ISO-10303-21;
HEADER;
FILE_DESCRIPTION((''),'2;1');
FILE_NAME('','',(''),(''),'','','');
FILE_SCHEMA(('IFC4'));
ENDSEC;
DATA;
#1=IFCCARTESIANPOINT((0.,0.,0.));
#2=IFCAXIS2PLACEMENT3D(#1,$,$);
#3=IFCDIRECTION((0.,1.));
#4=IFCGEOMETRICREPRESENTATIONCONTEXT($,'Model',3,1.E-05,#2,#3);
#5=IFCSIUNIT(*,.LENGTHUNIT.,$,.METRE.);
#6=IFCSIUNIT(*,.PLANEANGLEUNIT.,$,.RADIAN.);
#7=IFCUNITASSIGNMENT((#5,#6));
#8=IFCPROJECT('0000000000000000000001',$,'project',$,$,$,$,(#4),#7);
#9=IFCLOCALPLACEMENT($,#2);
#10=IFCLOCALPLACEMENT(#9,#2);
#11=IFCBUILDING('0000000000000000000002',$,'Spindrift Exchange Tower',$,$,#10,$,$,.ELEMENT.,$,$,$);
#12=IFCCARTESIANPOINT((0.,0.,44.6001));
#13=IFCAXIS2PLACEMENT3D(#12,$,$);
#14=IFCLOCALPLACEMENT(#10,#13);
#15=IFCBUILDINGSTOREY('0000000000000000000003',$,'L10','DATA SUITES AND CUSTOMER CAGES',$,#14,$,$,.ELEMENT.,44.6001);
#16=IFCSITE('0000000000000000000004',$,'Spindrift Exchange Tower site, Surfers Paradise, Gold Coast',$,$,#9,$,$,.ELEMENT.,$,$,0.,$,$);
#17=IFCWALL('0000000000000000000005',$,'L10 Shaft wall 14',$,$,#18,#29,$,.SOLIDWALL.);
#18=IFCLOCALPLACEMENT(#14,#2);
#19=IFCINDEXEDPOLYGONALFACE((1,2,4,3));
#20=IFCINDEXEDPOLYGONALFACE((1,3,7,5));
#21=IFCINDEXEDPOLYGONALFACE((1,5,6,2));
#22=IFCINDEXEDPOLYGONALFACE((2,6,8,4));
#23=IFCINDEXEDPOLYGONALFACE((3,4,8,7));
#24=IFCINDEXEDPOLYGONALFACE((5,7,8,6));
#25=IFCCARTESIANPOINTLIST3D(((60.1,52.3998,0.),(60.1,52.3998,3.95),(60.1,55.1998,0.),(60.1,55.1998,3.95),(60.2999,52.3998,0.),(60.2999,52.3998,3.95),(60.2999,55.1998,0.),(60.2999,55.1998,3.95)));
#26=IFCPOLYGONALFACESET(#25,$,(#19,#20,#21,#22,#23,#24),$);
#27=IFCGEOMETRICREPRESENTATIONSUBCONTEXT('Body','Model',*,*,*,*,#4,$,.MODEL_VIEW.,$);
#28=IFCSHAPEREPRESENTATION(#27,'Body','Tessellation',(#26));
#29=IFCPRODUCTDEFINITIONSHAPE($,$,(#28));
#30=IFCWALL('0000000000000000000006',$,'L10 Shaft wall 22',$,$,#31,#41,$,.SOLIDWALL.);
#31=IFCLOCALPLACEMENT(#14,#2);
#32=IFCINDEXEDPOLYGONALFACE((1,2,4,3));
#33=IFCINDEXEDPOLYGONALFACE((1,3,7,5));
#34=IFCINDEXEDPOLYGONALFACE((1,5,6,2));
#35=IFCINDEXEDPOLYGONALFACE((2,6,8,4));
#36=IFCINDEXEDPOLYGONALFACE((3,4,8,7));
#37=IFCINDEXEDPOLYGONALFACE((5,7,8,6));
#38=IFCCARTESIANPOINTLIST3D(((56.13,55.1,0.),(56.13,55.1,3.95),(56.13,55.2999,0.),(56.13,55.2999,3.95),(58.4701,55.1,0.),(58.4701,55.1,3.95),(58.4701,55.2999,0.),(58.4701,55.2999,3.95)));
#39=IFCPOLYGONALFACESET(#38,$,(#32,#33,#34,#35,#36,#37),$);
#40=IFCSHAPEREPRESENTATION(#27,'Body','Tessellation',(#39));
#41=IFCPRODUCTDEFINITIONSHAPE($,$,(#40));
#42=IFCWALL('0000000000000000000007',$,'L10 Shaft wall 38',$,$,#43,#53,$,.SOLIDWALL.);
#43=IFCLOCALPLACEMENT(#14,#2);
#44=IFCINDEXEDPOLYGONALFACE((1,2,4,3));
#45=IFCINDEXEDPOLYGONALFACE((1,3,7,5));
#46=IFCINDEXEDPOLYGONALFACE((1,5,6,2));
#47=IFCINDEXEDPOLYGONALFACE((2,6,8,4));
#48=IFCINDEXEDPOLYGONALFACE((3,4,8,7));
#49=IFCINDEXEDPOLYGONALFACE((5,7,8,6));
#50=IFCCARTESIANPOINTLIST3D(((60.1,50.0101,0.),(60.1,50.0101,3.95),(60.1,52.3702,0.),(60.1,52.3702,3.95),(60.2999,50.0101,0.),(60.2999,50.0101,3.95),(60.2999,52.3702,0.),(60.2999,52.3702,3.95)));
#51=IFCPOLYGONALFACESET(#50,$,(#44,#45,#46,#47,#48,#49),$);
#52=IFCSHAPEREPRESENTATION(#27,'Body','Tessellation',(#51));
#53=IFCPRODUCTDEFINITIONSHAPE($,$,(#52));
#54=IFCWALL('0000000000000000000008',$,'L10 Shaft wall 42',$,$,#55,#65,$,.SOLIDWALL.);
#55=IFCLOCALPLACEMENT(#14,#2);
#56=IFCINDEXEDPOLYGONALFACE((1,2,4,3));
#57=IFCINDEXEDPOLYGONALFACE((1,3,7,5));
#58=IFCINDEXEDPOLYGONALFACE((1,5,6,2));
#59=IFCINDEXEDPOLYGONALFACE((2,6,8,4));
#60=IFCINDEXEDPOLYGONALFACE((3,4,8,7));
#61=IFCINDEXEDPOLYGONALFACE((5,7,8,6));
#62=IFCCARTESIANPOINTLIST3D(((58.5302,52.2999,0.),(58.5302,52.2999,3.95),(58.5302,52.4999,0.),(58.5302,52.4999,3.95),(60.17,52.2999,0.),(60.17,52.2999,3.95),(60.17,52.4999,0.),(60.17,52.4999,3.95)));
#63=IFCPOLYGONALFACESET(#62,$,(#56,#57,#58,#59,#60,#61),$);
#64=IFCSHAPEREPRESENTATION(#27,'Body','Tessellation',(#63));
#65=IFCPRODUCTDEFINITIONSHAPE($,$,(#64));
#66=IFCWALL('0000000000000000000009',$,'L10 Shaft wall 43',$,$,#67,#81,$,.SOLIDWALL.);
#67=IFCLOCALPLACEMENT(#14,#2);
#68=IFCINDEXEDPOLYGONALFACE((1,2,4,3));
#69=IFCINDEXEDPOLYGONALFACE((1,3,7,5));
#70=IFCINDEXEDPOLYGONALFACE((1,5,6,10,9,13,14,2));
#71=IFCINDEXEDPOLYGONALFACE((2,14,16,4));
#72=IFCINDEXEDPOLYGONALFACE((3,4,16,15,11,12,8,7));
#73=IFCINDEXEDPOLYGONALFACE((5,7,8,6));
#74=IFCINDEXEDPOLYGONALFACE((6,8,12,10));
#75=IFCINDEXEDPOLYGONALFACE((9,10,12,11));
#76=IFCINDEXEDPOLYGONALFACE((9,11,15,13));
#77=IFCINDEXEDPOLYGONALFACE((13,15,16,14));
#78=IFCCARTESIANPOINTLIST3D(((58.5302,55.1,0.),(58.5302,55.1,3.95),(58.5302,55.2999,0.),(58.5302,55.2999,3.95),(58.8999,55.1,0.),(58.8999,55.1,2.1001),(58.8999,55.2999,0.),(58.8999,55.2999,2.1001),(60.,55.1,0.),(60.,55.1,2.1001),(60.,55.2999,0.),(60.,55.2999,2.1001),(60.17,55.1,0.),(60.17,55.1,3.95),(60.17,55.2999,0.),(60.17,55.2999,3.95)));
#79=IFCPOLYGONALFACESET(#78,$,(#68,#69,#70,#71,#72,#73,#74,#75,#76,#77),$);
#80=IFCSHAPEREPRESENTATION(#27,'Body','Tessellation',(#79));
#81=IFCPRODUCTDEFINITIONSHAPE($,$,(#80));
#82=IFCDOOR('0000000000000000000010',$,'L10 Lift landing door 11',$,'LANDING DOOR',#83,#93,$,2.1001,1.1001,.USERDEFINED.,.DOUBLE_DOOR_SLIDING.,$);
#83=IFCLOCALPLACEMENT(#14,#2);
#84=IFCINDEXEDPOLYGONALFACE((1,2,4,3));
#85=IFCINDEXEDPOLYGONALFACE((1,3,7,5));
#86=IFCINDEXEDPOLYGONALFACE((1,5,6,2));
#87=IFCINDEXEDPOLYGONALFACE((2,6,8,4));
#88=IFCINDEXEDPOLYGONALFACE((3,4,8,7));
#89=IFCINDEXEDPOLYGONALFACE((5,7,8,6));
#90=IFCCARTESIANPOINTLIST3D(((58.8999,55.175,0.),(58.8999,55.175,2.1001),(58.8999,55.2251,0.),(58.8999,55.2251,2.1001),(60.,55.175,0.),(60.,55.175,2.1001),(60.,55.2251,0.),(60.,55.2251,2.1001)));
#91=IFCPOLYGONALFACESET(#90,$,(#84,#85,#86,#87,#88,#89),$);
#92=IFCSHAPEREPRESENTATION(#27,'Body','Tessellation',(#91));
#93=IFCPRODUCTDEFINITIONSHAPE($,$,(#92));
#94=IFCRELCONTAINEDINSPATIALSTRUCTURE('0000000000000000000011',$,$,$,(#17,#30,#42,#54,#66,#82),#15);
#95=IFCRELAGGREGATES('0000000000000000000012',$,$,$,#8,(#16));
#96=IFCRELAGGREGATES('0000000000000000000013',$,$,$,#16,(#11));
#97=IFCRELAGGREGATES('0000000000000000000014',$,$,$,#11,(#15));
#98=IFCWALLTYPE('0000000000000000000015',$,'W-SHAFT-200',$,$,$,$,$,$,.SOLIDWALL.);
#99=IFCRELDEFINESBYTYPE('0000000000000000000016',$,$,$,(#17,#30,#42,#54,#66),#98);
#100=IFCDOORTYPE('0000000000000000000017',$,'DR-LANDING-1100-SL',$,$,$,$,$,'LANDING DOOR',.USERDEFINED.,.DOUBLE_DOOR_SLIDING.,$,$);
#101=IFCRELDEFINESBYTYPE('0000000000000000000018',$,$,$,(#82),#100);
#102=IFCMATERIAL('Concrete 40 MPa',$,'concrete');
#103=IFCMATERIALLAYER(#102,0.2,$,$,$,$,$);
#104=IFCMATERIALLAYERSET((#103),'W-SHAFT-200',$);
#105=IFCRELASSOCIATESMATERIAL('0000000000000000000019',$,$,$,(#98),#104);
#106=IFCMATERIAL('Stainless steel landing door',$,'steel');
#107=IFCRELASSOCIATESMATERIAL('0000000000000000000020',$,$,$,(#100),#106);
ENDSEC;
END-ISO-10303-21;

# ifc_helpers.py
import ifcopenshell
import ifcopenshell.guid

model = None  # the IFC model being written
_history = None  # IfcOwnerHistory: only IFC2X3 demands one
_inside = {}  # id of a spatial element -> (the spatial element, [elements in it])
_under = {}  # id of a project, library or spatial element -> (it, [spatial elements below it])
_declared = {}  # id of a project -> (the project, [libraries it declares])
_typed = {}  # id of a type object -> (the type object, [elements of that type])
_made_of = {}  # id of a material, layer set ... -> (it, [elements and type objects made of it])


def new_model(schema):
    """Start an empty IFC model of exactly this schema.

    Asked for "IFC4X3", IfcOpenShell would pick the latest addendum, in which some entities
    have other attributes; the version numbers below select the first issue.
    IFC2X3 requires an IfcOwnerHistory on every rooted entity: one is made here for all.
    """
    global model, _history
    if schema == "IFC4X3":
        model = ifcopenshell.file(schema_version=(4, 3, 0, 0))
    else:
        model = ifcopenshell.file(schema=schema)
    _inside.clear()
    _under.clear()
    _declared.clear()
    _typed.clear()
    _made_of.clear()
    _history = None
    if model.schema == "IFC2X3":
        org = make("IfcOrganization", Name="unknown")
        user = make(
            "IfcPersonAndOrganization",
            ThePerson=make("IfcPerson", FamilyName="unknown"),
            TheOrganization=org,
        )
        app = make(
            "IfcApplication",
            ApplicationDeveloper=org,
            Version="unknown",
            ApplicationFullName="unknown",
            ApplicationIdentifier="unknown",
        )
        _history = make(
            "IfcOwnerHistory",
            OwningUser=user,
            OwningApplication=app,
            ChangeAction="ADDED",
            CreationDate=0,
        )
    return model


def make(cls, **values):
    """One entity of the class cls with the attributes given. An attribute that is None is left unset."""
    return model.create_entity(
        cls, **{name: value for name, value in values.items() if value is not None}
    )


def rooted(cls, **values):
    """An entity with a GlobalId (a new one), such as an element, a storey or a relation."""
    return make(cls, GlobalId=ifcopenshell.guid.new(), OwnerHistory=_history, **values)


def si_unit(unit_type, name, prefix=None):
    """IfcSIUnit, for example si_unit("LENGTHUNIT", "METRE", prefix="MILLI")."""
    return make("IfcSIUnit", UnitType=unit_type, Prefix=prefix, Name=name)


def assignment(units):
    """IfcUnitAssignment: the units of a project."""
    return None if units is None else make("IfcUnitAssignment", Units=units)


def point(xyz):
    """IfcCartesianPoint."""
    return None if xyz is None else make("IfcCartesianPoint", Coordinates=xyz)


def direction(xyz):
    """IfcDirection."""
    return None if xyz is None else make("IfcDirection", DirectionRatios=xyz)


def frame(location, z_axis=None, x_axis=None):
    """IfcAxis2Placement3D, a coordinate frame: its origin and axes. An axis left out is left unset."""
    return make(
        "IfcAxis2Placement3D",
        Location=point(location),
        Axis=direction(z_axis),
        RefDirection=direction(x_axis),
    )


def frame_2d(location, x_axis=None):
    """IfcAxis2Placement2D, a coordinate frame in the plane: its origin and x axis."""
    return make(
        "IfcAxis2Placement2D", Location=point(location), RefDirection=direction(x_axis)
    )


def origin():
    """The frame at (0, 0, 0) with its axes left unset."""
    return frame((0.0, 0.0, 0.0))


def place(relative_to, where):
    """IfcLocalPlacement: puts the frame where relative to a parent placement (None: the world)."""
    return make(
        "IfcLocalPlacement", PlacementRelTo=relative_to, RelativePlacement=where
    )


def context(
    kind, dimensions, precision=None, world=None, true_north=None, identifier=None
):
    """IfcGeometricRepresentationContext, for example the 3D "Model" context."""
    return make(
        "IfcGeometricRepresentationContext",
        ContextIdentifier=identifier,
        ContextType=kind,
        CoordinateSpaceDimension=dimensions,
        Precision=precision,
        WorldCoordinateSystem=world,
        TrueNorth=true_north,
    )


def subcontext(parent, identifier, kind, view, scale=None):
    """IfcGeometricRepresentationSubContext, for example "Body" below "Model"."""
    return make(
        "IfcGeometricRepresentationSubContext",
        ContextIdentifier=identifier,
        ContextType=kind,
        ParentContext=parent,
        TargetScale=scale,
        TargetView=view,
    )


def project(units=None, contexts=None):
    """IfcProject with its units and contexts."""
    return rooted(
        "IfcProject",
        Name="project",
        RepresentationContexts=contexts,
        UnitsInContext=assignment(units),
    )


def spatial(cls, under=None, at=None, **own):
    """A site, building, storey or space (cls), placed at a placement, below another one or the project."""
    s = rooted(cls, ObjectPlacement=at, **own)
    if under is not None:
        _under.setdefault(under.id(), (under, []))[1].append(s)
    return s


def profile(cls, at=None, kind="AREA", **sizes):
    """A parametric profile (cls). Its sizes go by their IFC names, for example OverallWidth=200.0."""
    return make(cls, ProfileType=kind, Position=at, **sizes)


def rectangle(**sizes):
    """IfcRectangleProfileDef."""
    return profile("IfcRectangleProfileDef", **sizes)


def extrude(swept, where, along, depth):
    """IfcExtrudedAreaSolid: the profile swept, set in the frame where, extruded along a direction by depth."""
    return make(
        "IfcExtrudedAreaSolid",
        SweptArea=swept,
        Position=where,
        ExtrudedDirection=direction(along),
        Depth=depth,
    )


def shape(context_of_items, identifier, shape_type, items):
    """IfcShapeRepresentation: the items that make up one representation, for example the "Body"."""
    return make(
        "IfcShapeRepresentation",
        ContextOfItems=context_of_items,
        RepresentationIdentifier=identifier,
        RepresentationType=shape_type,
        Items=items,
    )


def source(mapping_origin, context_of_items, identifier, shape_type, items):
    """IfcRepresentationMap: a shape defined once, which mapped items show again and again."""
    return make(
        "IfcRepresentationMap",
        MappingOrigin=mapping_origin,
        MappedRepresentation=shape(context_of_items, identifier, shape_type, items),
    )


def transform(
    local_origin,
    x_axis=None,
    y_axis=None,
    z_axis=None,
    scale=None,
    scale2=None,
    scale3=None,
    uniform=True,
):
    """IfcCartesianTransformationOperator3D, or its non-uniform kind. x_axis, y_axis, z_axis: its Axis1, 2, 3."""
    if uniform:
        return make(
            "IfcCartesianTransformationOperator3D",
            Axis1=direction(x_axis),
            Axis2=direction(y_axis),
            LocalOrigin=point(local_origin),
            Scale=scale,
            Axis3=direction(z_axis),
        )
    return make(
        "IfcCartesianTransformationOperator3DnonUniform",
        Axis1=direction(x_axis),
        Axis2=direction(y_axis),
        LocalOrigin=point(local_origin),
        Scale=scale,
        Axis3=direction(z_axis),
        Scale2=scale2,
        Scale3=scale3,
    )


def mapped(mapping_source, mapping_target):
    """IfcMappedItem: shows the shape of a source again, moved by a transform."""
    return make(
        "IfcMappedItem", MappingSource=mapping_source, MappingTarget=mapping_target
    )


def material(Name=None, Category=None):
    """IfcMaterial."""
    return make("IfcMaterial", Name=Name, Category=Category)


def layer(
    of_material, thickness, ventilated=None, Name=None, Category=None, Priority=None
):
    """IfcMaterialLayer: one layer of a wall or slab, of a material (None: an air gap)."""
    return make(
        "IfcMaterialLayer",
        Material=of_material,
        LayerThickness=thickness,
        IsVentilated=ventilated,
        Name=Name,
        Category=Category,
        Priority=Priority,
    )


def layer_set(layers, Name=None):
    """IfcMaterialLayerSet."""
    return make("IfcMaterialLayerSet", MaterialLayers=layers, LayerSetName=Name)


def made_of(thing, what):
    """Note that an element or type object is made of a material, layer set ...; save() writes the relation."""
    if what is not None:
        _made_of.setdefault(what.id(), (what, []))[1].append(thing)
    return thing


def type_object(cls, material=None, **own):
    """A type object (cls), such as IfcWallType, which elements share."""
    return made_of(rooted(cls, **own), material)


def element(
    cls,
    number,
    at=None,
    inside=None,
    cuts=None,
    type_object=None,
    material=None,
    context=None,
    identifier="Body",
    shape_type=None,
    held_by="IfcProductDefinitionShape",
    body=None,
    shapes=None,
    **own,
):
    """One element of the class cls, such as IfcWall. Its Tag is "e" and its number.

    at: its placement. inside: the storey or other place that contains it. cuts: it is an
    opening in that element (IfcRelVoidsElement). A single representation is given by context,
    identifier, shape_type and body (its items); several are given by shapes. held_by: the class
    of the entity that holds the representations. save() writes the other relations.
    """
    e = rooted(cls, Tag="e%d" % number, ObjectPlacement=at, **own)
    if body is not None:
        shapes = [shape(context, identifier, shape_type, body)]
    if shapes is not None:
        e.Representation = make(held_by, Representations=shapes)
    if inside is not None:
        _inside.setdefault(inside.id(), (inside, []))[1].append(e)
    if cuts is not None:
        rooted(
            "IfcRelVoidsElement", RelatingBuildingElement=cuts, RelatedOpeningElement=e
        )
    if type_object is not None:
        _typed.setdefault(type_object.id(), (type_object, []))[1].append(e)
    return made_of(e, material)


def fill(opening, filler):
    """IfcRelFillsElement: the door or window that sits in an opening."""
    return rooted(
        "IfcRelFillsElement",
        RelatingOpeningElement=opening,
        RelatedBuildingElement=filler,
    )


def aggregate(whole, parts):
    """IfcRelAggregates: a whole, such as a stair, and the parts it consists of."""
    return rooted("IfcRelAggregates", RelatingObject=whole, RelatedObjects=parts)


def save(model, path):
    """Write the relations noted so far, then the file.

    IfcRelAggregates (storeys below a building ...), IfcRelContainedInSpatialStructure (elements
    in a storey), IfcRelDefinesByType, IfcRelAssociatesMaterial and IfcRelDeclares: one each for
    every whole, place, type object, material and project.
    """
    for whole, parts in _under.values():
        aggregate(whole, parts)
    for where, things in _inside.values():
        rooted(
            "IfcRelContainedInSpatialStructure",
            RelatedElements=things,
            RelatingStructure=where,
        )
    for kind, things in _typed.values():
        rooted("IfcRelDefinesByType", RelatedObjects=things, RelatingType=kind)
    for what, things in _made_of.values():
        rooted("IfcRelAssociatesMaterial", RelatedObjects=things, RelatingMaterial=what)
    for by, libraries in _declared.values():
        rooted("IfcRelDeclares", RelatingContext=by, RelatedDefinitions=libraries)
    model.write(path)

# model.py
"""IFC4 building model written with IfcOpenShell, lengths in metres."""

from ifc_helpers import new_model, si_unit, direction, frame, frame_2d, origin, place, context, subcontext, project, spatial, rectangle, extrude, source, transform, mapped, material, layer, layer_set, type_object, element, fill, save


model = new_model("IFC4")

# Units and contexts
model_context = context("Model", 3, precision=1e-05, world=origin(), true_north=direction((0.0, 1.0)))
body_context = subcontext(model_context, "Body", "Model", "MODEL_VIEW")
ifc_project = project(units=[si_unit("LENGTHUNIT", "METRE"), si_unit("PLANEANGLEUNIT", "RADIAN")], contexts=[model_context])

# Site, building, storey
site_placement = place(None, origin())
site = spatial("IfcSite", under=ifc_project, at=site_placement, Name="Spindrift Exchange Tower site, Surfers Paradise, Gold Coast", CompositionType="ELEMENT", RefElevation=0.0)
building_placement = place(site_placement, origin())
building = spatial("IfcBuilding", under=site, at=building_placement, Name="Spindrift Exchange Tower", CompositionType="ELEMENT")
storey_placement = place(building_placement, frame((0.0, 0.0, 44.6001)))
storey = spatial("IfcBuildingStorey", under=building, at=storey_placement, Name="L10", Description="DATA SUITES AND CUSTOMER CAGES", CompositionType="ELEMENT", Elevation=44.6001)

# Walls
ifc_material_1 = material(Name="Concrete 40 MPa", Category="concrete")
ifc_layer_1 = layer(ifc_material_1, 0.2)
ifc_layer_set_1 = layer_set([ifc_layer_1], Name="W-SHAFT-200")
wall_type_1 = type_object("IfcWallType", Name="W-SHAFT-200", PredefinedType="SOLIDWALL", material=ifc_layer_set_1)
for number, where, z_axis, x_axis, name in (
    (1, (60.2, 52.3999, 0.0), (0.0, 0.0, 1.0), (0.0, 1.0, 0.0), "L10 Shaft wall 14"),
):
    element("IfcWall", number, at=place(storey_placement, frame(where, z_axis=z_axis, x_axis=x_axis)), inside=storey, type_object=wall_type_1, Name=name, PredefinedType="SOLIDWALL", context=body_context, shape_type="SweptSolid", body=[
        extrude(rectangle(XDim=2.8, YDim=0.2, at=frame_2d((1.3999, 0.0))), origin(), (0.0, 0.0, 1.0), 3.95),
    ])
wall_1_placement = place(storey_placement, frame((58.47, 55.2, 0.0), z_axis=(0.0, 0.0, 1.0), x_axis=(-1.0, 0.0, 0.0)))
element("IfcWall", 2, at=wall_1_placement, inside=storey, type_object=wall_type_1, Name="L10 Shaft wall 22", PredefinedType="SOLIDWALL", context=body_context, shape_type="SweptSolid", body=[
    extrude(rectangle(XDim=2.3401, YDim=0.2, at=frame_2d((1.1699, 0.0))), origin(), (0.0, 0.0, 1.0), 3.95),
])
wall_2_placement = place(storey_placement, frame((60.2, 50.01, 0.0), z_axis=(0.0, 0.0, 1.0), x_axis=(0.0, 1.0, 0.0)))
element("IfcWall", 3, at=wall_2_placement, inside=storey, type_object=wall_type_1, Name="L10 Shaft wall 38", PredefinedType="SOLIDWALL", context=body_context, shape_type="SweptSolid", body=[
    extrude(rectangle(XDim=2.3601, YDim=0.2, at=frame_2d((1.1802, 0.0))), origin(), (0.0, 0.0, 1.0), 3.95),
])
wall_3_placement = place(storey_placement, frame((60.1699, 52.3999, 0.0), z_axis=(0.0, 0.0, 1.0), x_axis=(-1.0, 0.0, 0.0)))
element("IfcWall", 4, at=wall_3_placement, inside=storey, type_object=wall_type_1, Name="L10 Shaft wall 42", PredefinedType="SOLIDWALL", context=body_context, shape_type="SweptSolid", body=[
    extrude(rectangle(XDim=1.6399, YDim=0.2, at=frame_2d((0.8198, 0.0))), origin(), (0.0, 0.0, 1.0), 3.95),
])

# Wall, opening, door
wall_4_placement = place(storey_placement, frame((60.1699, 55.2, 0.0), z_axis=(0.0, 0.0, 1.0), x_axis=(-1.0, 0.0, 0.0)))
wall_4 = element("IfcWall", 5, at=wall_4_placement, inside=storey, type_object=wall_type_1, Name="L10 Shaft wall 43", PredefinedType="SOLIDWALL", context=body_context, shape_type="SweptSolid", body=[
    extrude(rectangle(XDim=1.6399, YDim=0.2, at=frame_2d((0.8198, 0.0))), origin(), (0.0, 0.0, 1.0), 3.95),
])
opening_1_placement = place(wall_4_placement, frame((0.1699, 0.0, 0.0)))
opening_1 = element("IfcOpeningElement", 6, at=opening_1_placement, cuts=wall_4, PredefinedType="OPENING", context=body_context, shape_type="SweptSolid", body=[
    extrude(rectangle(XDim=1.1001, YDim=2.1001, at=frame_2d((0.55, 1.05))), frame((0.0, 0.1099, 0.0), z_axis=(0.0, -1.0, 0.0), x_axis=(1.0, 0.0, 0.0)), (0.0, 0.0, 1.0), 0.22),
])
ifc_material_2 = material(Name="Stainless steel landing door", Category="steel")
door_type_1 = type_object("IfcDoorType", Name="DR-LANDING-1100-SL", ElementType="LANDING DOOR", OperationType="DOUBLE_DOOR_SLIDING", PredefinedType="USERDEFINED", material=ifc_material_2)
shared_shape_1 = source(origin(), body_context, "Body", "SweptSolid", [
    extrude(rectangle(XDim=1.1001, YDim=2.1001, at=frame_2d((0.55, 1.05))), frame((0.0, 0.0249, 0.0), z_axis=(0.0, -1.0, 0.0), x_axis=(1.0, 0.0, 0.0)), (0.0, 0.0, 1.0), 0.05),
])
door_1_placement = place(opening_1_placement, origin())
door_1 = element("IfcDoor", 7, at=door_1_placement, inside=storey, type_object=door_type_1, Name="L10 Lift landing door 11", ObjectType="LANDING DOOR", OperationType="DOUBLE_DOOR_SLIDING", OverallHeight=2.1001, OverallWidth=1.1001, PredefinedType="USERDEFINED", context=body_context, shape_type="MappedRepresentation", body=[
    mapped(shared_shape_1, transform((0.0, 0.0, 0.0), scale=1.0)),
])
fill(opening_1, door_1)

save(model, "model.ifc")
